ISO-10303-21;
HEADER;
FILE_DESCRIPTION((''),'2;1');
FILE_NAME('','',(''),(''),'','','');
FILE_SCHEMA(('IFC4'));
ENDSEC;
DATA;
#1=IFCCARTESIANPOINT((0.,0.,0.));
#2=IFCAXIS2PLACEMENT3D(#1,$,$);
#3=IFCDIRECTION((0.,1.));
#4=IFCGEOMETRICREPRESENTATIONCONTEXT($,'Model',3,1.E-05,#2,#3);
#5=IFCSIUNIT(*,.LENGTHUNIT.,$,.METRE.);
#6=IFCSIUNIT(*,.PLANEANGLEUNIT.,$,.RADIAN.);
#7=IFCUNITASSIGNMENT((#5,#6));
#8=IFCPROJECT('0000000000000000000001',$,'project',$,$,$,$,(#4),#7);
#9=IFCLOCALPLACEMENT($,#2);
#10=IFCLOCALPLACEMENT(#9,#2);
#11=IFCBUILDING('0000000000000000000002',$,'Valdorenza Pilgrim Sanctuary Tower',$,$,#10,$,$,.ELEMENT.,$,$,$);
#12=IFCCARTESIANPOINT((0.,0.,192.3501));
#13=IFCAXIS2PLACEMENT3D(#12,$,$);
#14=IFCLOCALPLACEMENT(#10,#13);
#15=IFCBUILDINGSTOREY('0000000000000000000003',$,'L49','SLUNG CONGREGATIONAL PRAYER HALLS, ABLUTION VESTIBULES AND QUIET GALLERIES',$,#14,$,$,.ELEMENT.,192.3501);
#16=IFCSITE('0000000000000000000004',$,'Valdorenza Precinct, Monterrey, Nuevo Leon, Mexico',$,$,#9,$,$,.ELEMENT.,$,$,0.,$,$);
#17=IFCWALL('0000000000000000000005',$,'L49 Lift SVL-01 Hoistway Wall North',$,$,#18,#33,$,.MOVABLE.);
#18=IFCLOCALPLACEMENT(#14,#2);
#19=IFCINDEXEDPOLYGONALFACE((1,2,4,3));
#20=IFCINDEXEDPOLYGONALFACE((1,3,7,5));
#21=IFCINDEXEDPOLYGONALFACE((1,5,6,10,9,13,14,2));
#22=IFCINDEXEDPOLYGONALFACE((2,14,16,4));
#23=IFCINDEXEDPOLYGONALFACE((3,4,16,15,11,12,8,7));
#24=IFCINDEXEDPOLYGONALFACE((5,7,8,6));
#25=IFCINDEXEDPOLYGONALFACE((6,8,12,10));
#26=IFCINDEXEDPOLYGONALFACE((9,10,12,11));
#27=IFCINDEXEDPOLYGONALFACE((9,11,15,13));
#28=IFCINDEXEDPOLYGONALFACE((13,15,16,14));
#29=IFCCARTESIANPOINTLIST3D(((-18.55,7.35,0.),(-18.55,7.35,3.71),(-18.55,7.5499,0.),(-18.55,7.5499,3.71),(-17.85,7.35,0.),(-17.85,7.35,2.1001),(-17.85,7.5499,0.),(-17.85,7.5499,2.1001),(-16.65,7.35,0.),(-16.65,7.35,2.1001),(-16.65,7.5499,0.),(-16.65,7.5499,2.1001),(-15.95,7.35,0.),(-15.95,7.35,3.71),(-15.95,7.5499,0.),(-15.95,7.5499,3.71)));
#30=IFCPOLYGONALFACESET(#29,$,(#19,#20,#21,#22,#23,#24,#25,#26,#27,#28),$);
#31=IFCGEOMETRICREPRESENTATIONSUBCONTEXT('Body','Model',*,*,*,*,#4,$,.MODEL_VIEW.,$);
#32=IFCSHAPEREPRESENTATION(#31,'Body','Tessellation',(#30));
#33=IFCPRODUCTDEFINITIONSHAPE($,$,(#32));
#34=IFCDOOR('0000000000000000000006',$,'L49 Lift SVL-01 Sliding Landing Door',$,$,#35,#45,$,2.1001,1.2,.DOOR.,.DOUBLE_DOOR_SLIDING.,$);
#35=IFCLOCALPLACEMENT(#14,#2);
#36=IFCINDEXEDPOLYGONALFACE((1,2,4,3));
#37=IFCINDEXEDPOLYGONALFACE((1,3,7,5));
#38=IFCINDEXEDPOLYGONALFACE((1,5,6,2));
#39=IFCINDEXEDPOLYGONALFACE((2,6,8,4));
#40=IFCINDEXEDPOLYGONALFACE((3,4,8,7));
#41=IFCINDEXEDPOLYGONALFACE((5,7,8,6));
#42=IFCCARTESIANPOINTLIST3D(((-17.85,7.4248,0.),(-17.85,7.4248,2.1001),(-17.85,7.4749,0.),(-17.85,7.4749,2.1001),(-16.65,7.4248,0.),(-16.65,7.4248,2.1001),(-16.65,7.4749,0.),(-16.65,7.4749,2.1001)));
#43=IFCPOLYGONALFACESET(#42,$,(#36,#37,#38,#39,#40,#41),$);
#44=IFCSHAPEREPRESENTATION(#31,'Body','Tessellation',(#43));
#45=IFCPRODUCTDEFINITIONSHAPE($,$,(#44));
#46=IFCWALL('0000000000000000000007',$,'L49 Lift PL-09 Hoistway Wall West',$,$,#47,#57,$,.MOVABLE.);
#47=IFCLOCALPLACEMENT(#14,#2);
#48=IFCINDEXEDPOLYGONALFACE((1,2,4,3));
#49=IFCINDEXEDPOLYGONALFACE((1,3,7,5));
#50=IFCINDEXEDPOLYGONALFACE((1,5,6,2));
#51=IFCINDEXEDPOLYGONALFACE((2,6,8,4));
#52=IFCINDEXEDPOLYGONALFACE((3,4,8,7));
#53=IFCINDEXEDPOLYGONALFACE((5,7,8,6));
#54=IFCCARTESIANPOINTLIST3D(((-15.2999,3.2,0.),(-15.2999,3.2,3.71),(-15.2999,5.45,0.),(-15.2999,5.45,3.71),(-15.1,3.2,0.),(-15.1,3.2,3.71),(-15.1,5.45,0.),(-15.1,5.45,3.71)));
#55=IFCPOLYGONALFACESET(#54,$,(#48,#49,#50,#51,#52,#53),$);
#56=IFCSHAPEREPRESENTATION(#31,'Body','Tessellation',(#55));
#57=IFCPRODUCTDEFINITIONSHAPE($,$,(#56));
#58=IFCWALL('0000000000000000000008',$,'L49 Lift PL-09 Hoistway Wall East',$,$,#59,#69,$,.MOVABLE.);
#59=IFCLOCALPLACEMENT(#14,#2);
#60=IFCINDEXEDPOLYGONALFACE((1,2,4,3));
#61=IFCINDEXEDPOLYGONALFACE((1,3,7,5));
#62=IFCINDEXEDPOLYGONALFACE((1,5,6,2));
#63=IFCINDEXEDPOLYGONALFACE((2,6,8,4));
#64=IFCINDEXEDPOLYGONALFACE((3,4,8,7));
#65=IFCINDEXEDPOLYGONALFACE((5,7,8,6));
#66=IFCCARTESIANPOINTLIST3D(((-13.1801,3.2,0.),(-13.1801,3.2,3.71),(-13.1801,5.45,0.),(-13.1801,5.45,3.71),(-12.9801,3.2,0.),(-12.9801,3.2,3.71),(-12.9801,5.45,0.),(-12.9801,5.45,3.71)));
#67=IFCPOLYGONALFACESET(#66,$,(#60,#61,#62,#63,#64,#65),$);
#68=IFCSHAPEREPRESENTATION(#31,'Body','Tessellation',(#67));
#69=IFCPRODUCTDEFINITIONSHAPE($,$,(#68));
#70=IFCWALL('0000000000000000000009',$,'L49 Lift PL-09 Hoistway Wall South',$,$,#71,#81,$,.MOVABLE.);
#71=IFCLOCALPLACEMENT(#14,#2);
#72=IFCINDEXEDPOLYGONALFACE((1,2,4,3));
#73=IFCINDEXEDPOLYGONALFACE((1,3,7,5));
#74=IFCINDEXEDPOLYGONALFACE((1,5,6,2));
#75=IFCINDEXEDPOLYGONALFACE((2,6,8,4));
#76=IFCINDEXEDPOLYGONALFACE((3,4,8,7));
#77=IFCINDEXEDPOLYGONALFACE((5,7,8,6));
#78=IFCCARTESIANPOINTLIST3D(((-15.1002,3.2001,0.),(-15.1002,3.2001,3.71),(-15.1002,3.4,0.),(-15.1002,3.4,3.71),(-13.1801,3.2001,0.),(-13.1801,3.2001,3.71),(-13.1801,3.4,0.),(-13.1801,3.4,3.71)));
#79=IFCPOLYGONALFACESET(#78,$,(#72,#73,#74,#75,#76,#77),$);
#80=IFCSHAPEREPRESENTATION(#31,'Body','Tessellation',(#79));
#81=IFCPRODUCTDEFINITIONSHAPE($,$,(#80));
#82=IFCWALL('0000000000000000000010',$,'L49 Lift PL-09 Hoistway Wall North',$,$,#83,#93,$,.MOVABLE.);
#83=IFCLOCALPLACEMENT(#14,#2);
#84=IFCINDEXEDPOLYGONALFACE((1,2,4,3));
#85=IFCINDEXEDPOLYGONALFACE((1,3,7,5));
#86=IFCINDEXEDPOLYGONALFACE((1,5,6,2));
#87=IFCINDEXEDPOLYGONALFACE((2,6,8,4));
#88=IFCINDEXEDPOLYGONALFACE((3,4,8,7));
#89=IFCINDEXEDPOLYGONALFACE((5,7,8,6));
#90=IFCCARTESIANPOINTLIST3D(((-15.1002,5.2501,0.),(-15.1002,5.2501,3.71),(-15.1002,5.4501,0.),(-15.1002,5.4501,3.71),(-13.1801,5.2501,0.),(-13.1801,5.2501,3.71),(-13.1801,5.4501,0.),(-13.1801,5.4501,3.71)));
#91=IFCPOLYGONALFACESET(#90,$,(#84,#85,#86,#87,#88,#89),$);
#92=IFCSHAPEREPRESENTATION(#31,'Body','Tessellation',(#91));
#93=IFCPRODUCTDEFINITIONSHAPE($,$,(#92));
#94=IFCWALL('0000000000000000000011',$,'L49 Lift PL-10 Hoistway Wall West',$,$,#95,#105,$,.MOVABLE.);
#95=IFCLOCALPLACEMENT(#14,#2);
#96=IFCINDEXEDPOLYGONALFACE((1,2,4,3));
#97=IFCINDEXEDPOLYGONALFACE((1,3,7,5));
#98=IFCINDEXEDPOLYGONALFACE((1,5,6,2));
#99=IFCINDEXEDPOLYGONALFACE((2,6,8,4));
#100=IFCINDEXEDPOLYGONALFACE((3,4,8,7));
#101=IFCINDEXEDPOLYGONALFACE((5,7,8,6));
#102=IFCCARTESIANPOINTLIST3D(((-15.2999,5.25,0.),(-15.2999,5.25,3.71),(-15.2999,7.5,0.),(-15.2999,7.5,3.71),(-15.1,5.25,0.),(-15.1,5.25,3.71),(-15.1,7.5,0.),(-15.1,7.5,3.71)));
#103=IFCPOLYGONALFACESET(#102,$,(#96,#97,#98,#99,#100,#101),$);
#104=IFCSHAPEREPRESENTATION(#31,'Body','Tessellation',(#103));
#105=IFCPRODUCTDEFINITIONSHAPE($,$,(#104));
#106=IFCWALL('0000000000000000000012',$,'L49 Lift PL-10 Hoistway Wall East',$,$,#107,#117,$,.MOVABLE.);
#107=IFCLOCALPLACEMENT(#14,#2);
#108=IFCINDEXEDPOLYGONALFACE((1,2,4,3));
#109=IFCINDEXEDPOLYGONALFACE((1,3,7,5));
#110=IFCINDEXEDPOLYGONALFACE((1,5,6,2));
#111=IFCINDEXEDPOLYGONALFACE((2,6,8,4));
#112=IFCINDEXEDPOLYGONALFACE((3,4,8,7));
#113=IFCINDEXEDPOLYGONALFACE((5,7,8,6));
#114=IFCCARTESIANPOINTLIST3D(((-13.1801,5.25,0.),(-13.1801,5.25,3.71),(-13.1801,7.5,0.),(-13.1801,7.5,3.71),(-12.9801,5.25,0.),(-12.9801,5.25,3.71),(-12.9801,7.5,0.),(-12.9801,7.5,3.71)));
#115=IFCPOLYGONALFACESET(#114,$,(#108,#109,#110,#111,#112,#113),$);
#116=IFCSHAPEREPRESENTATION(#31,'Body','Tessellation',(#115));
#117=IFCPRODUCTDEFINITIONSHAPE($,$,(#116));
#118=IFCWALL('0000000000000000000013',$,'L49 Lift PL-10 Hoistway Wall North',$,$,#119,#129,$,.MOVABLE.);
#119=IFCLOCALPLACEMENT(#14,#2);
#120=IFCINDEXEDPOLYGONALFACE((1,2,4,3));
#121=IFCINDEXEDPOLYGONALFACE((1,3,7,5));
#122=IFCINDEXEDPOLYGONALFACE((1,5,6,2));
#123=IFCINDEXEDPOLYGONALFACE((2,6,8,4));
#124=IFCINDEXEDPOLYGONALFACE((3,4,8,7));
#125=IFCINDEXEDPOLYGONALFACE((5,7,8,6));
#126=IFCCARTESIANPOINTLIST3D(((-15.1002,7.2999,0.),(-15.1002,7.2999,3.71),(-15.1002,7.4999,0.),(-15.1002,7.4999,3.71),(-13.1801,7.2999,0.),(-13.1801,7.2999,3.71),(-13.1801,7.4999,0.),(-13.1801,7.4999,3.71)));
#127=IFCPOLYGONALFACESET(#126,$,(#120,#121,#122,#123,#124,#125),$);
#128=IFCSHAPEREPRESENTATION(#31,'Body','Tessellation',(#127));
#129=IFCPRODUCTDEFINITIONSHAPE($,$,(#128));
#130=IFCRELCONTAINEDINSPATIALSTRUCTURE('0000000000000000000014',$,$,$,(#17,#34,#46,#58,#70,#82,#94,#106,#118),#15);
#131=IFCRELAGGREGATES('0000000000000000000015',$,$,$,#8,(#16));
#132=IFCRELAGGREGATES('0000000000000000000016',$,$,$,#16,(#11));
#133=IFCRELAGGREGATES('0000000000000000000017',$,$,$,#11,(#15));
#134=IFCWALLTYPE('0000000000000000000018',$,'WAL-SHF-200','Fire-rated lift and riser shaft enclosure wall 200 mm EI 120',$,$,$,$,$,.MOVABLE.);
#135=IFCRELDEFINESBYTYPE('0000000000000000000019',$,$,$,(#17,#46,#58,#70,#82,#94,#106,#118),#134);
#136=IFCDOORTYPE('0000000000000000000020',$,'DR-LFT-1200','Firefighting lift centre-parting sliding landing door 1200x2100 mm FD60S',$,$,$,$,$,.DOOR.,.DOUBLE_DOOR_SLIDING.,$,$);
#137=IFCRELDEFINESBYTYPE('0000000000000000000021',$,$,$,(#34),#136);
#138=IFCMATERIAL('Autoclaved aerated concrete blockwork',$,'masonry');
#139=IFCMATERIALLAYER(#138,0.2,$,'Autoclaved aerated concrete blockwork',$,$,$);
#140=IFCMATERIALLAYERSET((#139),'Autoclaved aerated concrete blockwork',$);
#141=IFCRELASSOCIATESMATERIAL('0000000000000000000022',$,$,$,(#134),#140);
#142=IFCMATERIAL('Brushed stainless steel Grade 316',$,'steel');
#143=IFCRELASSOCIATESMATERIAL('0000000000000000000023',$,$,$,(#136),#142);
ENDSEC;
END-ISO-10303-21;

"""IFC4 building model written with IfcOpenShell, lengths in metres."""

from ifc_helpers import new_model, si_unit, direction, frame, frame_2d, origin, place, context, subcontext, project, spatial, rectangle, extrude, material, layer, layer_set, type_object, element, fill, save


model = new_model("IFC4")

# Units and contexts
model_context = context("Model", 3, precision=1e-05, world=origin(), true_north=direction((0.0, 1.0)))
body_context = subcontext(model_context, "Body", "Model", "MODEL_VIEW")
ifc_project = project(units=[si_unit("LENGTHUNIT", "METRE"), si_unit("PLANEANGLEUNIT", "RADIAN")], contexts=[model_context])

# Site, building, storey
site_placement = place(None, origin())
site = spatial("IfcSite", under=ifc_project, at=site_placement, Name="Valdorenza Precinct, Monterrey, Nuevo Leon, Mexico", CompositionType="ELEMENT", RefElevation=0.0)
building_placement = place(site_placement, origin())
building = spatial("IfcBuilding", under=site, at=building_placement, Name="Valdorenza Pilgrim Sanctuary Tower", CompositionType="ELEMENT")
storey_placement = place(building_placement, frame((0.0, 0.0, 192.3501)))
storey = spatial("IfcBuildingStorey", under=building, at=storey_placement, Name="L49", Description="SLUNG CONGREGATIONAL PRAYER HALLS, ABLUTION VESTIBULES AND QUIET GALLERIES", CompositionType="ELEMENT", Elevation=192.3501)

# Shared definitions
ifc_material_1 = material(Name="Autoclaved aerated concrete blockwork", Category="masonry")
ifc_layer_1 = layer(ifc_material_1, 0.2, Name="Autoclaved aerated concrete blockwork")
ifc_layer_set_1 = layer_set([ifc_layer_1], Name="Autoclaved aerated concrete blockwork")
wall_type_1 = type_object("IfcWallType", Name="WAL-SHF-200", Description="Fire-rated lift and riser shaft enclosure wall 200 mm EI 120", PredefinedType="MOVABLE", material=ifc_layer_set_1)
ifc_material_2 = material(Name="Brushed stainless steel Grade 316", Category="steel")
door_type = type_object("IfcDoorType", Name="DR-LFT-1200", Description="Firefighting lift centre-parting sliding landing door 1200x2100 mm FD60S", OperationType="DOUBLE_DOOR_SLIDING", PredefinedType="DOOR", material=ifc_material_2)

# Wall, opening, door
wall_1_placement = place(storey_placement, frame((-18.55, 7.45, 0.0), z_axis=(0.0, 0.0, 1.0), x_axis=(1.0, 0.0, 0.0)))
wall_1 = element("IfcWall", 1, at=wall_1_placement, inside=storey, type_object=wall_type_1, Name="L49 Lift SVL-01 Hoistway Wall North", PredefinedType="MOVABLE", context=body_context, shape_type="SweptSolid", body=[
    extrude(rectangle(XDim=2.6001, YDim=0.2, at=frame_2d((1.3, 0.0))), origin(), (0.0, 0.0, 1.0), 3.71),
])
opening_1_placement = place(wall_1_placement, frame((0.7, 0.0, 0.0)))
opening_1 = element("IfcOpeningElement", 2, at=opening_1_placement, cuts=wall_1, PredefinedType="OPENING", context=body_context, shape_type="SweptSolid", body=[
    extrude(rectangle(XDim=1.2, YDim=2.1001, at=frame_2d((0.6001, 1.05))), frame((0.0, 0.1147, 0.0), z_axis=(0.0, -1.0, 0.0), x_axis=(1.0, 0.0, 0.0)), (0.0, 0.0, 1.0), 0.2297),
])
door_1_placement = place(opening_1_placement, origin())
door_1 = element("IfcDoor", 3, at=door_1_placement, inside=storey, type_object=door_type, Name="L49 Lift SVL-01 Sliding Landing Door", OperationType="DOUBLE_DOOR_SLIDING", OverallHeight=2.1001, OverallWidth=1.2, PredefinedType="DOOR", context=body_context, shape_type="SweptSolid", body=[
    extrude(rectangle(XDim=1.2, YDim=2.1001, at=frame_2d((0.6001, 1.05))), frame((0.0, 0.0249, 0.0), z_axis=(0.0, -1.0, 0.0), x_axis=(1.0, 0.0, 0.0)), (0.0, 0.0, 1.0), 0.05),
])
fill(opening_1, door_1)

# Walls
for number, where, z_axis, x_axis, name in (
    (4, (-15.2, 3.2, 0.0), (0.0, 0.0, 1.0), (0.0, 1.0, 0.0), "L49 Lift PL-09 Hoistway Wall West"),
    (5, (-13.0801, 3.2, 0.0), (0.0, 0.0, 1.0), (0.0, 1.0, 0.0), "L49 Lift PL-09 Hoistway Wall East"),
):
    element("IfcWall", number, at=place(storey_placement, frame(where, z_axis=z_axis, x_axis=x_axis)), inside=storey, type_object=wall_type_1, Name=name, PredefinedType="MOVABLE", context=body_context, shape_type="SweptSolid", body=[
        extrude(rectangle(XDim=2.25, YDim=0.2, at=frame_2d((1.125, 0.0))), origin(), (0.0, 0.0, 1.0), 3.71),
    ])
for number, where, z_axis, x_axis, name in (
    (6, (-15.1001, 3.3, 0.0), (0.0, 0.0, 1.0), (1.0, 0.0, 0.0), "L49 Lift PL-09 Hoistway Wall South"),
    (7, (-15.1001, 5.3501, 0.0), (0.0, 0.0, 1.0), (1.0, 0.0, 0.0), "L49 Lift PL-09 Hoistway Wall North"),
):
    element("IfcWall", number, at=place(storey_placement, frame(where, z_axis=z_axis, x_axis=x_axis)), inside=storey, type_object=wall_type_1, Name=name, PredefinedType="MOVABLE", context=body_context, shape_type="SweptSolid", body=[
        extrude(rectangle(XDim=1.9202, YDim=0.2, at=frame_2d((0.96, 0.0))), origin(), (0.0, 0.0, 1.0), 3.71),
    ])
for number, where, z_axis, x_axis, name in (
    (8, (-15.2, 5.25, 0.0), (0.0, 0.0, 1.0), (0.0, 1.0, 0.0), "L49 Lift PL-10 Hoistway Wall West"),
    (9, (-13.0801, 5.25, 0.0), (0.0, 0.0, 1.0), (0.0, 1.0, 0.0), "L49 Lift PL-10 Hoistway Wall East"),
):
    element("IfcWall", number, at=place(storey_placement, frame(where, z_axis=z_axis, x_axis=x_axis)), inside=storey, type_object=wall_type_1, Name=name, PredefinedType="MOVABLE", context=body_context, shape_type="SweptSolid", body=[
        extrude(rectangle(XDim=2.25, YDim=0.2, at=frame_2d((1.125, 0.0))), origin(), (0.0, 0.0, 1.0), 3.71),
    ])
wall_2_placement = place(storey_placement, frame((-15.1001, 7.3999, 0.0), z_axis=(0.0, 0.0, 1.0), x_axis=(1.0, 0.0, 0.0)))
element("IfcWall", 10, at=wall_2_placement, inside=storey, type_object=wall_type_1, Name="L49 Lift PL-10 Hoistway Wall North", PredefinedType="MOVABLE", context=body_context, shape_type="SweptSolid", body=[
    extrude(rectangle(XDim=1.9202, YDim=0.2, at=frame_2d((0.96, 0.0))), origin(), (0.0, 0.0, 1.0), 3.71),
])

save(model, "model.ifc")
